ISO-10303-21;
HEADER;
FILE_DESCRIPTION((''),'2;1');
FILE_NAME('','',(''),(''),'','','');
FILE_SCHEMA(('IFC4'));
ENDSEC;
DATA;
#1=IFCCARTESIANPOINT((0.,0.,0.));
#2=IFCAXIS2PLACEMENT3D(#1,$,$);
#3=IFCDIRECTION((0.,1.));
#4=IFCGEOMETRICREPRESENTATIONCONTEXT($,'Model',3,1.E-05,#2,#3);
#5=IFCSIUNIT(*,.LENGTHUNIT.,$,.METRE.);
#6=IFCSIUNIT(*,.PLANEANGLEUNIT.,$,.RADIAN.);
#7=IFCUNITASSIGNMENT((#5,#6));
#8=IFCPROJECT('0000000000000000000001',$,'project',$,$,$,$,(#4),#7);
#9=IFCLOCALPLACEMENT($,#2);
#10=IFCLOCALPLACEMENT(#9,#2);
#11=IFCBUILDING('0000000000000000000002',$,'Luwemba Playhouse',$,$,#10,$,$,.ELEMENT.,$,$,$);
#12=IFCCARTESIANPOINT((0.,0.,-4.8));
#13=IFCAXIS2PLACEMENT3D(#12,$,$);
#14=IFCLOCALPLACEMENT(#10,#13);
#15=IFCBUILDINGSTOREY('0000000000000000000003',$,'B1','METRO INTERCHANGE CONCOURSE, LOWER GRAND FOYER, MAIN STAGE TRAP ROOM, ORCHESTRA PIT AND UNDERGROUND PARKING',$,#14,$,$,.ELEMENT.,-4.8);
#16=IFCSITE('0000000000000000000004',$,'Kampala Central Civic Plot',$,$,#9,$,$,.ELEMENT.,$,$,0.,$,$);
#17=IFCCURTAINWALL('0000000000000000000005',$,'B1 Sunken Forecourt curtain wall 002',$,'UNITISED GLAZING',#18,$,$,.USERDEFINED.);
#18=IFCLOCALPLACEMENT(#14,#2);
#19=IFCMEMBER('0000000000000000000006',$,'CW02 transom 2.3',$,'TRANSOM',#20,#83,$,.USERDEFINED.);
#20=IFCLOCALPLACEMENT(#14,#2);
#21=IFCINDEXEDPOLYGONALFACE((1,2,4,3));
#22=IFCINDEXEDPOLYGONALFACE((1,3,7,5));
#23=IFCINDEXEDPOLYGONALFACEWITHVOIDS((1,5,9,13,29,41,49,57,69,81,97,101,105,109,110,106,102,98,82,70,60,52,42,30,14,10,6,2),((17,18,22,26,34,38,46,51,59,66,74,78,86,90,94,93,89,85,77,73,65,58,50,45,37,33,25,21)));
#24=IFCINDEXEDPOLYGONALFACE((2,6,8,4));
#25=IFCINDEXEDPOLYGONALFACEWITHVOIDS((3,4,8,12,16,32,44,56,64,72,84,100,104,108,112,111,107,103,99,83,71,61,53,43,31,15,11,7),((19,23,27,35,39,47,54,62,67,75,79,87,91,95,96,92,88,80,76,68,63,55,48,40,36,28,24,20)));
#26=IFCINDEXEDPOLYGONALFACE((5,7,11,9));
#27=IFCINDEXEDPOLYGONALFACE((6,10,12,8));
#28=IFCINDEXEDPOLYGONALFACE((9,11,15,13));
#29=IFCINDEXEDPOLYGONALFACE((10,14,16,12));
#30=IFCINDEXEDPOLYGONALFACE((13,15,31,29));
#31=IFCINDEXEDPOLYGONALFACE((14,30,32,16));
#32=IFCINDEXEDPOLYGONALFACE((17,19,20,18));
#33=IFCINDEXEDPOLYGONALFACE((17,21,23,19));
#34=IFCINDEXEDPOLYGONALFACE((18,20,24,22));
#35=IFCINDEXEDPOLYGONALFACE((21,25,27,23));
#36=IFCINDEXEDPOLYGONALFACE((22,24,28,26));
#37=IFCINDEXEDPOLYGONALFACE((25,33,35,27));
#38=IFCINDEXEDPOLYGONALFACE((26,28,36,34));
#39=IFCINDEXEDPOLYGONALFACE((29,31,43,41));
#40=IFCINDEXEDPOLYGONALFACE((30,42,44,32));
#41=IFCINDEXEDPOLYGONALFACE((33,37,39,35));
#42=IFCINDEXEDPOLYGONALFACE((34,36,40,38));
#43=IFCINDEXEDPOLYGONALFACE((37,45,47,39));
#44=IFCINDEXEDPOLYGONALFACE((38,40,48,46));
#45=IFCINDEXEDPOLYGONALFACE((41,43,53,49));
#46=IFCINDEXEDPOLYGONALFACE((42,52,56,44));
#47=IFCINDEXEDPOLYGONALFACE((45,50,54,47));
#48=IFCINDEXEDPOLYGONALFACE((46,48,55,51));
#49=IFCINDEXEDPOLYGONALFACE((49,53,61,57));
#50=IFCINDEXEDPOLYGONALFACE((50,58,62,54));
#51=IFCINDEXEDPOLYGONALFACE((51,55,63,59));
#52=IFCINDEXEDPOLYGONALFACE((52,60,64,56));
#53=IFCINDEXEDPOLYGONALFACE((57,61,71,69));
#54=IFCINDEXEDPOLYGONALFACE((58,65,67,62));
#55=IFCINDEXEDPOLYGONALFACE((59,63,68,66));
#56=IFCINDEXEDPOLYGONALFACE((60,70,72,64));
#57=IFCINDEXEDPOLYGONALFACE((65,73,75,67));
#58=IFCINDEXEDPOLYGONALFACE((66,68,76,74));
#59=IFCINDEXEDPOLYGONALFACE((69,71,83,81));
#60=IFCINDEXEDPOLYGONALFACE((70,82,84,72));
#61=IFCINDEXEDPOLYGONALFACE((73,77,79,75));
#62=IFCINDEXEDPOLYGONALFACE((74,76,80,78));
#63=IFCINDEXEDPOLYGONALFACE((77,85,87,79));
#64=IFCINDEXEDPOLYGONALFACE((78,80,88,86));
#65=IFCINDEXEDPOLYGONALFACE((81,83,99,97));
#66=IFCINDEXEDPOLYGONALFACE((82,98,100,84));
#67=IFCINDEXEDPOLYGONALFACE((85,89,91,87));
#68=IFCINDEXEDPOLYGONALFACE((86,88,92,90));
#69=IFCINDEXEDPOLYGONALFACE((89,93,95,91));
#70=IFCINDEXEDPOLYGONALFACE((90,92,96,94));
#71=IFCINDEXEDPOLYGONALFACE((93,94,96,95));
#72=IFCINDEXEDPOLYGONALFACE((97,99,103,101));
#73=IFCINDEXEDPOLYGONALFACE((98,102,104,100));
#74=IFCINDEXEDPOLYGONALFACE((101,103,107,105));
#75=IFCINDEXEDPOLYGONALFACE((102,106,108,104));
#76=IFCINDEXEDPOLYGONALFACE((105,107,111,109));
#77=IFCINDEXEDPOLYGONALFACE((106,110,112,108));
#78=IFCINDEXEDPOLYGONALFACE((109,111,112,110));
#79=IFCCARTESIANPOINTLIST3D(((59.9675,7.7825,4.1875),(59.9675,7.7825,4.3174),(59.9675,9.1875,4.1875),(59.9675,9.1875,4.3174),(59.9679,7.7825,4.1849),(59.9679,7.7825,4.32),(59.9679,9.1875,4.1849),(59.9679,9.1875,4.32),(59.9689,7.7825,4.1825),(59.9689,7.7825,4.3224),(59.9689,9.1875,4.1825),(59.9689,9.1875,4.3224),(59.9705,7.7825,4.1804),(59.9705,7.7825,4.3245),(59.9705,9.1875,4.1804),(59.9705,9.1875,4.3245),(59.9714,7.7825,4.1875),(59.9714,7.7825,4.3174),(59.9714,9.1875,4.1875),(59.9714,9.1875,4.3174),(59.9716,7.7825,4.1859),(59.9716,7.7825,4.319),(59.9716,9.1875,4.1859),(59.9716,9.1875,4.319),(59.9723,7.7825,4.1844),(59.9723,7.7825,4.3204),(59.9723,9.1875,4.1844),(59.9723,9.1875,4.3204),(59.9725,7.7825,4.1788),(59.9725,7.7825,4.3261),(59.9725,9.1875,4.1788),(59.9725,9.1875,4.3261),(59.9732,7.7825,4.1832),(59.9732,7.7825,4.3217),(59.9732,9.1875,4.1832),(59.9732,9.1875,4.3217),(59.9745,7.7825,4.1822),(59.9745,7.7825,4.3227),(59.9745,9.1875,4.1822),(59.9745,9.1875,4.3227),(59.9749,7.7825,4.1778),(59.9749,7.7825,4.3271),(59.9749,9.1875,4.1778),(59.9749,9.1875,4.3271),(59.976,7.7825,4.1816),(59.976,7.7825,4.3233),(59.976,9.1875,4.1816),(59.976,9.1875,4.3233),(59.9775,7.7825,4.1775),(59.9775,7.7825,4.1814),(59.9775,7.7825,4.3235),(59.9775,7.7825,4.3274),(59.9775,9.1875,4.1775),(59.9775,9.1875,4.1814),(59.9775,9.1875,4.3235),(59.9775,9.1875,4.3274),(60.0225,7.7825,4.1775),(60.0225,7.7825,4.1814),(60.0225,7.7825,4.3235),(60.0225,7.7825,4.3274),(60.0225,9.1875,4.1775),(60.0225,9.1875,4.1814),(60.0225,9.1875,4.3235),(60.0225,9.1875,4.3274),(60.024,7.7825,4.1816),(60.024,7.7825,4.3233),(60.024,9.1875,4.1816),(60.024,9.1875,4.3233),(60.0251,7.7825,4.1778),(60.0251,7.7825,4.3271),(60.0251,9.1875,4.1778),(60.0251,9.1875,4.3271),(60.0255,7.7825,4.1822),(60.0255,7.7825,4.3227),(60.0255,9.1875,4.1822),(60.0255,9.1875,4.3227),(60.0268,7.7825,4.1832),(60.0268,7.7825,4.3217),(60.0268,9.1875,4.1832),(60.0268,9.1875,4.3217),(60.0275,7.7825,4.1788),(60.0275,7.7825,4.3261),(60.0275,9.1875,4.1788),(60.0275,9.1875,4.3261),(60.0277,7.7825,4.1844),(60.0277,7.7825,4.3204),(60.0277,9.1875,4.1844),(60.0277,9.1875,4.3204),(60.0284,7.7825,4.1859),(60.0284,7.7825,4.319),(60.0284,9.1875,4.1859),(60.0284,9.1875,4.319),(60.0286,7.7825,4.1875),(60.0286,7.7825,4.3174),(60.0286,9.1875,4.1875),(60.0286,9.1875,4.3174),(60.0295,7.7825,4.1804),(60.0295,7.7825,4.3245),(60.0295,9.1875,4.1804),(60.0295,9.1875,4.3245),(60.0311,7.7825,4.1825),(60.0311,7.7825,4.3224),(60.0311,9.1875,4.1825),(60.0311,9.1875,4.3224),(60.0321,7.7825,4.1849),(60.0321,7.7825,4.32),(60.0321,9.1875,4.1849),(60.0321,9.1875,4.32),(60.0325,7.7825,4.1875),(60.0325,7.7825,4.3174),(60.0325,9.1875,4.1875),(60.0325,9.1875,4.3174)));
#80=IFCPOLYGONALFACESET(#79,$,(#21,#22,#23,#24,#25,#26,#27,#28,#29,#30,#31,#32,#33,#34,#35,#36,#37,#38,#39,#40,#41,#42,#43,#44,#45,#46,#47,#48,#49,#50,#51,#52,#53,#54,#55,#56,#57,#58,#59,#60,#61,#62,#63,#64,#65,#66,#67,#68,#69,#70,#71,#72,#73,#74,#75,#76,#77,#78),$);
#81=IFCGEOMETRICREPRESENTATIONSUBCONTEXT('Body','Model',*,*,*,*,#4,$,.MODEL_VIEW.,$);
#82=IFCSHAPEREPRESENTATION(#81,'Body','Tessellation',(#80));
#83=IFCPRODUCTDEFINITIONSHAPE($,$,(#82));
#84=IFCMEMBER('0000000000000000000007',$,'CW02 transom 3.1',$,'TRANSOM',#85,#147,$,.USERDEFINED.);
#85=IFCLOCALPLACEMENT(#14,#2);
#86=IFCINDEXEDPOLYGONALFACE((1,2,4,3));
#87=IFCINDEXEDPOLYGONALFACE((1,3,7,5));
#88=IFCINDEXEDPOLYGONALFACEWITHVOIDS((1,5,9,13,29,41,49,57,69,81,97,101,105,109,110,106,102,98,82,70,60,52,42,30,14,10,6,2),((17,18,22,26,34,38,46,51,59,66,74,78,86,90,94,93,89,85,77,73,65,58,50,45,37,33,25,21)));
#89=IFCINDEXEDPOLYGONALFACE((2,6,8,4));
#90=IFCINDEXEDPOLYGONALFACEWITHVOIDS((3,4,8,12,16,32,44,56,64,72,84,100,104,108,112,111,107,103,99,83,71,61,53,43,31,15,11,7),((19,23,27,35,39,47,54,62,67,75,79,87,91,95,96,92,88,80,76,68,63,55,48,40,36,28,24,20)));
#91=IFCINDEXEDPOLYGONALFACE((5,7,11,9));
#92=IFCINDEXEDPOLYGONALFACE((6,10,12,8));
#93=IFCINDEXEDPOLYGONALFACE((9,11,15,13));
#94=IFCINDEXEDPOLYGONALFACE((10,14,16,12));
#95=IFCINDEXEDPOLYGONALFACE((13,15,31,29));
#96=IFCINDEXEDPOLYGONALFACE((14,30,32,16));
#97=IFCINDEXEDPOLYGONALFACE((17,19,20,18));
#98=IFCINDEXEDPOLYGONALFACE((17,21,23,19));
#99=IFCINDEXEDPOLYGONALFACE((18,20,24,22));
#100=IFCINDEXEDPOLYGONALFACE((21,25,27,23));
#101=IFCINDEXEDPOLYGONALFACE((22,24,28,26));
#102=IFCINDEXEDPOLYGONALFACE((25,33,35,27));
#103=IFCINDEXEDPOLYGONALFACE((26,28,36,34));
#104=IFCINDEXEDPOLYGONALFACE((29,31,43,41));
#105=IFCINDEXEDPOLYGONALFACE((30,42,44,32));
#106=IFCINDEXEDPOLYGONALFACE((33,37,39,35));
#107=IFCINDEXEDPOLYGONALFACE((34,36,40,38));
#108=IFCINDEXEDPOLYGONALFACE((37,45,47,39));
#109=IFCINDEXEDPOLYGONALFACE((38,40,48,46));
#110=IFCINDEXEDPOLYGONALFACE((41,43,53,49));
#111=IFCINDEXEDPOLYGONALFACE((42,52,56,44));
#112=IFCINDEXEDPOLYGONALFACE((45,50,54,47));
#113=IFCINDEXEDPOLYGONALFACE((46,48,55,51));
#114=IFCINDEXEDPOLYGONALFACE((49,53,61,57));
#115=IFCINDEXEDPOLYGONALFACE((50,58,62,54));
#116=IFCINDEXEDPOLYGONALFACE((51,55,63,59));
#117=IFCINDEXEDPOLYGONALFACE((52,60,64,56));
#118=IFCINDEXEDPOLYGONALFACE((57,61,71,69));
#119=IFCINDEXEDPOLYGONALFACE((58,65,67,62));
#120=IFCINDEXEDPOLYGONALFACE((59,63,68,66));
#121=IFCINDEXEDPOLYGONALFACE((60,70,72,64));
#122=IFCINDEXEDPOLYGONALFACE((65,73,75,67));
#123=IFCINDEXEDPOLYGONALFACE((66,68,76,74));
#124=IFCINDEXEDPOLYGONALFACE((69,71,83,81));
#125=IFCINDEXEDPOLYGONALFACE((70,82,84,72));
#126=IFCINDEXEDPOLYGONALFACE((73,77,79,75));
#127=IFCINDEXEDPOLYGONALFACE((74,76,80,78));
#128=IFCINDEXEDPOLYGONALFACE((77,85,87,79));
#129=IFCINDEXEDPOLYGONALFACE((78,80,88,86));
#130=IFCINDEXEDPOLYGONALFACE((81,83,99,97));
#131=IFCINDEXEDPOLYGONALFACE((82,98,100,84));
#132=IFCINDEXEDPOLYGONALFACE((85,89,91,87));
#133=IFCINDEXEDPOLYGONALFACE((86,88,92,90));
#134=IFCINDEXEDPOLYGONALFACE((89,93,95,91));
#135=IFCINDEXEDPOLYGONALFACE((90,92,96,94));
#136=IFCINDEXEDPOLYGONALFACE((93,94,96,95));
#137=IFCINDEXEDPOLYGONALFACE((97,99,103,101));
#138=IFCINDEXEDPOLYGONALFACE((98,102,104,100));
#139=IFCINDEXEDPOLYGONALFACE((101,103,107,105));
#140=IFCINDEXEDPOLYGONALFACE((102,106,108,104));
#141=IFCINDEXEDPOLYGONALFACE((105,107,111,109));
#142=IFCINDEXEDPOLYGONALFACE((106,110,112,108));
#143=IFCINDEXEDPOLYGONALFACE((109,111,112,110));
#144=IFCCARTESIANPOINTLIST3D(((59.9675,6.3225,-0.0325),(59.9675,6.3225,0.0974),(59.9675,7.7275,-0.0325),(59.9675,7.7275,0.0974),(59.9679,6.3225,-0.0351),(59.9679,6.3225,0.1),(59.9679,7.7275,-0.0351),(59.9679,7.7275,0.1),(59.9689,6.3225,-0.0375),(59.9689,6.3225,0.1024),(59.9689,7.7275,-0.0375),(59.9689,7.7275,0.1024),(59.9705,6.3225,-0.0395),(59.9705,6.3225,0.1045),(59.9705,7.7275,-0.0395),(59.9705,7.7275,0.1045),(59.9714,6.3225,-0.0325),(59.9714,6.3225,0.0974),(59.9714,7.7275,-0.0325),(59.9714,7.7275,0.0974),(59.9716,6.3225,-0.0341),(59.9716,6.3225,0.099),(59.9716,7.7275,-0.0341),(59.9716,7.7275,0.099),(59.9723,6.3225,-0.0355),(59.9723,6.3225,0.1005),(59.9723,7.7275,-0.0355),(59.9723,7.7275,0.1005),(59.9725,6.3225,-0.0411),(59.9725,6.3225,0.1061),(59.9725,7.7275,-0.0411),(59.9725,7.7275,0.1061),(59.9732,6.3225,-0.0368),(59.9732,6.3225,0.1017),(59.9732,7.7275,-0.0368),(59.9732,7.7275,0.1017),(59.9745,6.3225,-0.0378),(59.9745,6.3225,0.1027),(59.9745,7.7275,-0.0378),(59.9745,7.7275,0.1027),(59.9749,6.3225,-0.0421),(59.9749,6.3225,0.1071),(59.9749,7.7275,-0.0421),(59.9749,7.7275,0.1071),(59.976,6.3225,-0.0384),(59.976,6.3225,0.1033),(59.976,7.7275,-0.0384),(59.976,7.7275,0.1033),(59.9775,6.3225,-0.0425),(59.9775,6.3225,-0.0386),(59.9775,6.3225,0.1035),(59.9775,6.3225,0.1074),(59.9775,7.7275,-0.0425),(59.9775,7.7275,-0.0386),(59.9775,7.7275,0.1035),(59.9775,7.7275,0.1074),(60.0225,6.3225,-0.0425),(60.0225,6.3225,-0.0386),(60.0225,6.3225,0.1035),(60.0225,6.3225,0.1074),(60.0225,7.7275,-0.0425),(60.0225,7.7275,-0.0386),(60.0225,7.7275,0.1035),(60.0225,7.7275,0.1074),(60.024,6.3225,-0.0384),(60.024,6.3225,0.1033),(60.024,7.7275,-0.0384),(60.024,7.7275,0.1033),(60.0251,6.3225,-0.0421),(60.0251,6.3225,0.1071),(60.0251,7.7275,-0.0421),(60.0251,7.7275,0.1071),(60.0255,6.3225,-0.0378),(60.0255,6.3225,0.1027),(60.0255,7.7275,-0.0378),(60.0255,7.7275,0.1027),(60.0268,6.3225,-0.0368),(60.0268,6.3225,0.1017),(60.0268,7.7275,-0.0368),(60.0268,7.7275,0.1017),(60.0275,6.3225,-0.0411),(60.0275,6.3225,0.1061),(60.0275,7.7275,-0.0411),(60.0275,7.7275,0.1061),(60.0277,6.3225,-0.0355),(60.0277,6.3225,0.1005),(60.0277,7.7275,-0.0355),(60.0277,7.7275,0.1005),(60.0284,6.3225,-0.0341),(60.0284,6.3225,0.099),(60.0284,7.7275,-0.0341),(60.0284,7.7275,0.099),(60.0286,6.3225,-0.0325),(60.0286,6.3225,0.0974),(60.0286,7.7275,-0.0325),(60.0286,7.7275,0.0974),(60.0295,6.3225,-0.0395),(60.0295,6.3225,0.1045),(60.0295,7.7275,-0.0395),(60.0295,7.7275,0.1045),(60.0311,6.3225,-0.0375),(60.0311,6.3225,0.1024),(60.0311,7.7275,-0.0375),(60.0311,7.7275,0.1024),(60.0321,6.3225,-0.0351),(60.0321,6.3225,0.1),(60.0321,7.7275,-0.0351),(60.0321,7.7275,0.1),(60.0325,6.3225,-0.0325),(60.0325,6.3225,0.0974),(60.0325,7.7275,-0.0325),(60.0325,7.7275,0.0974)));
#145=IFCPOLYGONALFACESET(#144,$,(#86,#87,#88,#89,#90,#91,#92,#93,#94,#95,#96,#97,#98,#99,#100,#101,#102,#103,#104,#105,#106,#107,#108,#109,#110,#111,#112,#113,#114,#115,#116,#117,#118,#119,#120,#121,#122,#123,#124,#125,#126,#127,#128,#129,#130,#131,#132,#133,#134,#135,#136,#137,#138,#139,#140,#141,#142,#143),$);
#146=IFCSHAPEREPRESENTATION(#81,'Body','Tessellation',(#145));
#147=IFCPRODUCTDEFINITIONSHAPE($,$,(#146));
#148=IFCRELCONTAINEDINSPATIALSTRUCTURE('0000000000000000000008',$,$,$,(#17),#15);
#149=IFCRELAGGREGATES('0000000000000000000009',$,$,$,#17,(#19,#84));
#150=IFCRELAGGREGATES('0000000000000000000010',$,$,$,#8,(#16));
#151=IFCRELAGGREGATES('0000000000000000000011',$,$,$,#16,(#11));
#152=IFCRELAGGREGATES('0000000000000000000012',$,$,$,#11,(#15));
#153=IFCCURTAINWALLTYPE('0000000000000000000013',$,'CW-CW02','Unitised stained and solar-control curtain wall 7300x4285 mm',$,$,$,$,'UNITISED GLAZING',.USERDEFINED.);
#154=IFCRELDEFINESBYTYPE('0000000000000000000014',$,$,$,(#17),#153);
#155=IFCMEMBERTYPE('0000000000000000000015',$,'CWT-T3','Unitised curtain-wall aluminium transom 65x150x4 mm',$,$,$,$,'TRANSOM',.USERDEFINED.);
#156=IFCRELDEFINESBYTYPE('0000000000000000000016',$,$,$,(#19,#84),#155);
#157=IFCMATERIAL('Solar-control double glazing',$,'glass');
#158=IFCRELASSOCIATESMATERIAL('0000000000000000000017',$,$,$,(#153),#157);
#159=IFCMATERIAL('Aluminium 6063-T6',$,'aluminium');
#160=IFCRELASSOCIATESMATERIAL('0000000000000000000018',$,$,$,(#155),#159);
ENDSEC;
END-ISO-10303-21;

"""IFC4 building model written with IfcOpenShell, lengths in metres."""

from ifc_helpers import new_model, si_unit, direction, frame, origin, origin_2d, place, context, subcontext, project, spatial, hollow_rectangle, extrude, material, material_profile, profile_set, type_object, element, aggregate, save


model = new_model("IFC4")

# Units and contexts
model_context = context("Model", 3, precision=1e-05, world=origin(), true_north=direction((0.0, 1.0)))
body_context = subcontext(model_context, "Body", "Model", "MODEL_VIEW")
ifc_project = project(units=[si_unit("LENGTHUNIT", "METRE"), si_unit("PLANEANGLEUNIT", "RADIAN")], contexts=[model_context])

# Site, building, storey
site_placement = place(None, origin())
site = spatial("IfcSite", under=ifc_project, at=site_placement, Name="Kampala Central Civic Plot", CompositionType="ELEMENT", RefElevation=0.0)
building_placement = place(site_placement, origin())
building = spatial("IfcBuilding", under=site, at=building_placement, Name="Luwemba Playhouse", CompositionType="ELEMENT")
storey_placement = place(building_placement, frame((0.0, 0.0, -4.8)))
storey = spatial("IfcBuildingStorey", under=building, at=storey_placement, Name="B1", Description="METRO INTERCHANGE CONCOURSE, LOWER GRAND FOYER, MAIN STAGE TRAP ROOM, ORCHESTRA PIT AND UNDERGROUND PARKING", CompositionType="ELEMENT", Elevation=-4.8)

# Curtain wall, members
ifc_material_1 = material(Name="Solar-control double glazing", Category="glass")
curtain_wall_type = type_object("IfcCurtainWallType", Name="CW-CW02", Description="Unitised stained and solar-control curtain wall 7300x4285 mm", ElementType="UNITISED GLAZING", PredefinedType="USERDEFINED", material=ifc_material_1)
curtain_wall_placement = place(storey_placement, origin())
curtain_wall = element("IfcCurtainWall", 1, at=curtain_wall_placement, inside=storey, type_object=curtain_wall_type, Name="B1 Sunken Forecourt curtain wall 002", ObjectType="UNITISED GLAZING", PredefinedType="USERDEFINED")
ifc_material_2 = material(Name="Aluminium 6063-T6", Category="aluminium")
ifc_material_profile_1 = material_profile(ifc_material_2, hollow_rectangle(XDim=0.0649, YDim=0.1499, WallThickness=0.0039, InnerFilletRadius=0.0061, OuterFilletRadius=0.01, at=origin_2d()))
ifc_profile_set_1 = profile_set([ifc_material_profile_1], Name="Aluminium 6063-T6")
member_type_1 = type_object("IfcMemberType", Name="CWT-T3", Description="Unitised curtain-wall aluminium transom 65x150x4 mm", ElementType="TRANSOM", PredefinedType="USERDEFINED", material=ifc_profile_set_1)
member_1_placement = place(storey_placement, frame((60.0, 9.1875, 4.2524), z_axis=(0.0, -1.0, 0.0), x_axis=(1.0, 0.0, 0.0)))
member_1 = element("IfcMember", 2, at=member_1_placement, type_object=member_type_1, Name="CW02 transom 2.3", ObjectType="TRANSOM", PredefinedType="USERDEFINED", context=body_context, shape_type="SweptSolid", body=[
    extrude(hollow_rectangle(XDim=0.0649, YDim=0.1499, WallThickness=0.0039, InnerFilletRadius=0.0061, OuterFilletRadius=0.01, at=origin_2d()), origin(), (0.0, 0.0, 1.0), 1.405),
])
member_2_placement = place(storey_placement, frame((60.0, 7.7275, 0.0325), z_axis=(0.0, -1.0, 0.0), x_axis=(1.0, 0.0, 0.0)))
member_2 = element("IfcMember", 3, at=member_2_placement, type_object=member_type_1, Name="CW02 transom 3.1", ObjectType="TRANSOM", PredefinedType="USERDEFINED", context=body_context, shape_type="SweptSolid", body=[
    extrude(hollow_rectangle(XDim=0.0649, YDim=0.1499, WallThickness=0.0039, InnerFilletRadius=0.0061, OuterFilletRadius=0.01, at=origin_2d()), origin(), (0.0, 0.0, 1.0), 1.405),
])
aggregate(curtain_wall, [member_1, member_2])

save(model, "model.ifc")
